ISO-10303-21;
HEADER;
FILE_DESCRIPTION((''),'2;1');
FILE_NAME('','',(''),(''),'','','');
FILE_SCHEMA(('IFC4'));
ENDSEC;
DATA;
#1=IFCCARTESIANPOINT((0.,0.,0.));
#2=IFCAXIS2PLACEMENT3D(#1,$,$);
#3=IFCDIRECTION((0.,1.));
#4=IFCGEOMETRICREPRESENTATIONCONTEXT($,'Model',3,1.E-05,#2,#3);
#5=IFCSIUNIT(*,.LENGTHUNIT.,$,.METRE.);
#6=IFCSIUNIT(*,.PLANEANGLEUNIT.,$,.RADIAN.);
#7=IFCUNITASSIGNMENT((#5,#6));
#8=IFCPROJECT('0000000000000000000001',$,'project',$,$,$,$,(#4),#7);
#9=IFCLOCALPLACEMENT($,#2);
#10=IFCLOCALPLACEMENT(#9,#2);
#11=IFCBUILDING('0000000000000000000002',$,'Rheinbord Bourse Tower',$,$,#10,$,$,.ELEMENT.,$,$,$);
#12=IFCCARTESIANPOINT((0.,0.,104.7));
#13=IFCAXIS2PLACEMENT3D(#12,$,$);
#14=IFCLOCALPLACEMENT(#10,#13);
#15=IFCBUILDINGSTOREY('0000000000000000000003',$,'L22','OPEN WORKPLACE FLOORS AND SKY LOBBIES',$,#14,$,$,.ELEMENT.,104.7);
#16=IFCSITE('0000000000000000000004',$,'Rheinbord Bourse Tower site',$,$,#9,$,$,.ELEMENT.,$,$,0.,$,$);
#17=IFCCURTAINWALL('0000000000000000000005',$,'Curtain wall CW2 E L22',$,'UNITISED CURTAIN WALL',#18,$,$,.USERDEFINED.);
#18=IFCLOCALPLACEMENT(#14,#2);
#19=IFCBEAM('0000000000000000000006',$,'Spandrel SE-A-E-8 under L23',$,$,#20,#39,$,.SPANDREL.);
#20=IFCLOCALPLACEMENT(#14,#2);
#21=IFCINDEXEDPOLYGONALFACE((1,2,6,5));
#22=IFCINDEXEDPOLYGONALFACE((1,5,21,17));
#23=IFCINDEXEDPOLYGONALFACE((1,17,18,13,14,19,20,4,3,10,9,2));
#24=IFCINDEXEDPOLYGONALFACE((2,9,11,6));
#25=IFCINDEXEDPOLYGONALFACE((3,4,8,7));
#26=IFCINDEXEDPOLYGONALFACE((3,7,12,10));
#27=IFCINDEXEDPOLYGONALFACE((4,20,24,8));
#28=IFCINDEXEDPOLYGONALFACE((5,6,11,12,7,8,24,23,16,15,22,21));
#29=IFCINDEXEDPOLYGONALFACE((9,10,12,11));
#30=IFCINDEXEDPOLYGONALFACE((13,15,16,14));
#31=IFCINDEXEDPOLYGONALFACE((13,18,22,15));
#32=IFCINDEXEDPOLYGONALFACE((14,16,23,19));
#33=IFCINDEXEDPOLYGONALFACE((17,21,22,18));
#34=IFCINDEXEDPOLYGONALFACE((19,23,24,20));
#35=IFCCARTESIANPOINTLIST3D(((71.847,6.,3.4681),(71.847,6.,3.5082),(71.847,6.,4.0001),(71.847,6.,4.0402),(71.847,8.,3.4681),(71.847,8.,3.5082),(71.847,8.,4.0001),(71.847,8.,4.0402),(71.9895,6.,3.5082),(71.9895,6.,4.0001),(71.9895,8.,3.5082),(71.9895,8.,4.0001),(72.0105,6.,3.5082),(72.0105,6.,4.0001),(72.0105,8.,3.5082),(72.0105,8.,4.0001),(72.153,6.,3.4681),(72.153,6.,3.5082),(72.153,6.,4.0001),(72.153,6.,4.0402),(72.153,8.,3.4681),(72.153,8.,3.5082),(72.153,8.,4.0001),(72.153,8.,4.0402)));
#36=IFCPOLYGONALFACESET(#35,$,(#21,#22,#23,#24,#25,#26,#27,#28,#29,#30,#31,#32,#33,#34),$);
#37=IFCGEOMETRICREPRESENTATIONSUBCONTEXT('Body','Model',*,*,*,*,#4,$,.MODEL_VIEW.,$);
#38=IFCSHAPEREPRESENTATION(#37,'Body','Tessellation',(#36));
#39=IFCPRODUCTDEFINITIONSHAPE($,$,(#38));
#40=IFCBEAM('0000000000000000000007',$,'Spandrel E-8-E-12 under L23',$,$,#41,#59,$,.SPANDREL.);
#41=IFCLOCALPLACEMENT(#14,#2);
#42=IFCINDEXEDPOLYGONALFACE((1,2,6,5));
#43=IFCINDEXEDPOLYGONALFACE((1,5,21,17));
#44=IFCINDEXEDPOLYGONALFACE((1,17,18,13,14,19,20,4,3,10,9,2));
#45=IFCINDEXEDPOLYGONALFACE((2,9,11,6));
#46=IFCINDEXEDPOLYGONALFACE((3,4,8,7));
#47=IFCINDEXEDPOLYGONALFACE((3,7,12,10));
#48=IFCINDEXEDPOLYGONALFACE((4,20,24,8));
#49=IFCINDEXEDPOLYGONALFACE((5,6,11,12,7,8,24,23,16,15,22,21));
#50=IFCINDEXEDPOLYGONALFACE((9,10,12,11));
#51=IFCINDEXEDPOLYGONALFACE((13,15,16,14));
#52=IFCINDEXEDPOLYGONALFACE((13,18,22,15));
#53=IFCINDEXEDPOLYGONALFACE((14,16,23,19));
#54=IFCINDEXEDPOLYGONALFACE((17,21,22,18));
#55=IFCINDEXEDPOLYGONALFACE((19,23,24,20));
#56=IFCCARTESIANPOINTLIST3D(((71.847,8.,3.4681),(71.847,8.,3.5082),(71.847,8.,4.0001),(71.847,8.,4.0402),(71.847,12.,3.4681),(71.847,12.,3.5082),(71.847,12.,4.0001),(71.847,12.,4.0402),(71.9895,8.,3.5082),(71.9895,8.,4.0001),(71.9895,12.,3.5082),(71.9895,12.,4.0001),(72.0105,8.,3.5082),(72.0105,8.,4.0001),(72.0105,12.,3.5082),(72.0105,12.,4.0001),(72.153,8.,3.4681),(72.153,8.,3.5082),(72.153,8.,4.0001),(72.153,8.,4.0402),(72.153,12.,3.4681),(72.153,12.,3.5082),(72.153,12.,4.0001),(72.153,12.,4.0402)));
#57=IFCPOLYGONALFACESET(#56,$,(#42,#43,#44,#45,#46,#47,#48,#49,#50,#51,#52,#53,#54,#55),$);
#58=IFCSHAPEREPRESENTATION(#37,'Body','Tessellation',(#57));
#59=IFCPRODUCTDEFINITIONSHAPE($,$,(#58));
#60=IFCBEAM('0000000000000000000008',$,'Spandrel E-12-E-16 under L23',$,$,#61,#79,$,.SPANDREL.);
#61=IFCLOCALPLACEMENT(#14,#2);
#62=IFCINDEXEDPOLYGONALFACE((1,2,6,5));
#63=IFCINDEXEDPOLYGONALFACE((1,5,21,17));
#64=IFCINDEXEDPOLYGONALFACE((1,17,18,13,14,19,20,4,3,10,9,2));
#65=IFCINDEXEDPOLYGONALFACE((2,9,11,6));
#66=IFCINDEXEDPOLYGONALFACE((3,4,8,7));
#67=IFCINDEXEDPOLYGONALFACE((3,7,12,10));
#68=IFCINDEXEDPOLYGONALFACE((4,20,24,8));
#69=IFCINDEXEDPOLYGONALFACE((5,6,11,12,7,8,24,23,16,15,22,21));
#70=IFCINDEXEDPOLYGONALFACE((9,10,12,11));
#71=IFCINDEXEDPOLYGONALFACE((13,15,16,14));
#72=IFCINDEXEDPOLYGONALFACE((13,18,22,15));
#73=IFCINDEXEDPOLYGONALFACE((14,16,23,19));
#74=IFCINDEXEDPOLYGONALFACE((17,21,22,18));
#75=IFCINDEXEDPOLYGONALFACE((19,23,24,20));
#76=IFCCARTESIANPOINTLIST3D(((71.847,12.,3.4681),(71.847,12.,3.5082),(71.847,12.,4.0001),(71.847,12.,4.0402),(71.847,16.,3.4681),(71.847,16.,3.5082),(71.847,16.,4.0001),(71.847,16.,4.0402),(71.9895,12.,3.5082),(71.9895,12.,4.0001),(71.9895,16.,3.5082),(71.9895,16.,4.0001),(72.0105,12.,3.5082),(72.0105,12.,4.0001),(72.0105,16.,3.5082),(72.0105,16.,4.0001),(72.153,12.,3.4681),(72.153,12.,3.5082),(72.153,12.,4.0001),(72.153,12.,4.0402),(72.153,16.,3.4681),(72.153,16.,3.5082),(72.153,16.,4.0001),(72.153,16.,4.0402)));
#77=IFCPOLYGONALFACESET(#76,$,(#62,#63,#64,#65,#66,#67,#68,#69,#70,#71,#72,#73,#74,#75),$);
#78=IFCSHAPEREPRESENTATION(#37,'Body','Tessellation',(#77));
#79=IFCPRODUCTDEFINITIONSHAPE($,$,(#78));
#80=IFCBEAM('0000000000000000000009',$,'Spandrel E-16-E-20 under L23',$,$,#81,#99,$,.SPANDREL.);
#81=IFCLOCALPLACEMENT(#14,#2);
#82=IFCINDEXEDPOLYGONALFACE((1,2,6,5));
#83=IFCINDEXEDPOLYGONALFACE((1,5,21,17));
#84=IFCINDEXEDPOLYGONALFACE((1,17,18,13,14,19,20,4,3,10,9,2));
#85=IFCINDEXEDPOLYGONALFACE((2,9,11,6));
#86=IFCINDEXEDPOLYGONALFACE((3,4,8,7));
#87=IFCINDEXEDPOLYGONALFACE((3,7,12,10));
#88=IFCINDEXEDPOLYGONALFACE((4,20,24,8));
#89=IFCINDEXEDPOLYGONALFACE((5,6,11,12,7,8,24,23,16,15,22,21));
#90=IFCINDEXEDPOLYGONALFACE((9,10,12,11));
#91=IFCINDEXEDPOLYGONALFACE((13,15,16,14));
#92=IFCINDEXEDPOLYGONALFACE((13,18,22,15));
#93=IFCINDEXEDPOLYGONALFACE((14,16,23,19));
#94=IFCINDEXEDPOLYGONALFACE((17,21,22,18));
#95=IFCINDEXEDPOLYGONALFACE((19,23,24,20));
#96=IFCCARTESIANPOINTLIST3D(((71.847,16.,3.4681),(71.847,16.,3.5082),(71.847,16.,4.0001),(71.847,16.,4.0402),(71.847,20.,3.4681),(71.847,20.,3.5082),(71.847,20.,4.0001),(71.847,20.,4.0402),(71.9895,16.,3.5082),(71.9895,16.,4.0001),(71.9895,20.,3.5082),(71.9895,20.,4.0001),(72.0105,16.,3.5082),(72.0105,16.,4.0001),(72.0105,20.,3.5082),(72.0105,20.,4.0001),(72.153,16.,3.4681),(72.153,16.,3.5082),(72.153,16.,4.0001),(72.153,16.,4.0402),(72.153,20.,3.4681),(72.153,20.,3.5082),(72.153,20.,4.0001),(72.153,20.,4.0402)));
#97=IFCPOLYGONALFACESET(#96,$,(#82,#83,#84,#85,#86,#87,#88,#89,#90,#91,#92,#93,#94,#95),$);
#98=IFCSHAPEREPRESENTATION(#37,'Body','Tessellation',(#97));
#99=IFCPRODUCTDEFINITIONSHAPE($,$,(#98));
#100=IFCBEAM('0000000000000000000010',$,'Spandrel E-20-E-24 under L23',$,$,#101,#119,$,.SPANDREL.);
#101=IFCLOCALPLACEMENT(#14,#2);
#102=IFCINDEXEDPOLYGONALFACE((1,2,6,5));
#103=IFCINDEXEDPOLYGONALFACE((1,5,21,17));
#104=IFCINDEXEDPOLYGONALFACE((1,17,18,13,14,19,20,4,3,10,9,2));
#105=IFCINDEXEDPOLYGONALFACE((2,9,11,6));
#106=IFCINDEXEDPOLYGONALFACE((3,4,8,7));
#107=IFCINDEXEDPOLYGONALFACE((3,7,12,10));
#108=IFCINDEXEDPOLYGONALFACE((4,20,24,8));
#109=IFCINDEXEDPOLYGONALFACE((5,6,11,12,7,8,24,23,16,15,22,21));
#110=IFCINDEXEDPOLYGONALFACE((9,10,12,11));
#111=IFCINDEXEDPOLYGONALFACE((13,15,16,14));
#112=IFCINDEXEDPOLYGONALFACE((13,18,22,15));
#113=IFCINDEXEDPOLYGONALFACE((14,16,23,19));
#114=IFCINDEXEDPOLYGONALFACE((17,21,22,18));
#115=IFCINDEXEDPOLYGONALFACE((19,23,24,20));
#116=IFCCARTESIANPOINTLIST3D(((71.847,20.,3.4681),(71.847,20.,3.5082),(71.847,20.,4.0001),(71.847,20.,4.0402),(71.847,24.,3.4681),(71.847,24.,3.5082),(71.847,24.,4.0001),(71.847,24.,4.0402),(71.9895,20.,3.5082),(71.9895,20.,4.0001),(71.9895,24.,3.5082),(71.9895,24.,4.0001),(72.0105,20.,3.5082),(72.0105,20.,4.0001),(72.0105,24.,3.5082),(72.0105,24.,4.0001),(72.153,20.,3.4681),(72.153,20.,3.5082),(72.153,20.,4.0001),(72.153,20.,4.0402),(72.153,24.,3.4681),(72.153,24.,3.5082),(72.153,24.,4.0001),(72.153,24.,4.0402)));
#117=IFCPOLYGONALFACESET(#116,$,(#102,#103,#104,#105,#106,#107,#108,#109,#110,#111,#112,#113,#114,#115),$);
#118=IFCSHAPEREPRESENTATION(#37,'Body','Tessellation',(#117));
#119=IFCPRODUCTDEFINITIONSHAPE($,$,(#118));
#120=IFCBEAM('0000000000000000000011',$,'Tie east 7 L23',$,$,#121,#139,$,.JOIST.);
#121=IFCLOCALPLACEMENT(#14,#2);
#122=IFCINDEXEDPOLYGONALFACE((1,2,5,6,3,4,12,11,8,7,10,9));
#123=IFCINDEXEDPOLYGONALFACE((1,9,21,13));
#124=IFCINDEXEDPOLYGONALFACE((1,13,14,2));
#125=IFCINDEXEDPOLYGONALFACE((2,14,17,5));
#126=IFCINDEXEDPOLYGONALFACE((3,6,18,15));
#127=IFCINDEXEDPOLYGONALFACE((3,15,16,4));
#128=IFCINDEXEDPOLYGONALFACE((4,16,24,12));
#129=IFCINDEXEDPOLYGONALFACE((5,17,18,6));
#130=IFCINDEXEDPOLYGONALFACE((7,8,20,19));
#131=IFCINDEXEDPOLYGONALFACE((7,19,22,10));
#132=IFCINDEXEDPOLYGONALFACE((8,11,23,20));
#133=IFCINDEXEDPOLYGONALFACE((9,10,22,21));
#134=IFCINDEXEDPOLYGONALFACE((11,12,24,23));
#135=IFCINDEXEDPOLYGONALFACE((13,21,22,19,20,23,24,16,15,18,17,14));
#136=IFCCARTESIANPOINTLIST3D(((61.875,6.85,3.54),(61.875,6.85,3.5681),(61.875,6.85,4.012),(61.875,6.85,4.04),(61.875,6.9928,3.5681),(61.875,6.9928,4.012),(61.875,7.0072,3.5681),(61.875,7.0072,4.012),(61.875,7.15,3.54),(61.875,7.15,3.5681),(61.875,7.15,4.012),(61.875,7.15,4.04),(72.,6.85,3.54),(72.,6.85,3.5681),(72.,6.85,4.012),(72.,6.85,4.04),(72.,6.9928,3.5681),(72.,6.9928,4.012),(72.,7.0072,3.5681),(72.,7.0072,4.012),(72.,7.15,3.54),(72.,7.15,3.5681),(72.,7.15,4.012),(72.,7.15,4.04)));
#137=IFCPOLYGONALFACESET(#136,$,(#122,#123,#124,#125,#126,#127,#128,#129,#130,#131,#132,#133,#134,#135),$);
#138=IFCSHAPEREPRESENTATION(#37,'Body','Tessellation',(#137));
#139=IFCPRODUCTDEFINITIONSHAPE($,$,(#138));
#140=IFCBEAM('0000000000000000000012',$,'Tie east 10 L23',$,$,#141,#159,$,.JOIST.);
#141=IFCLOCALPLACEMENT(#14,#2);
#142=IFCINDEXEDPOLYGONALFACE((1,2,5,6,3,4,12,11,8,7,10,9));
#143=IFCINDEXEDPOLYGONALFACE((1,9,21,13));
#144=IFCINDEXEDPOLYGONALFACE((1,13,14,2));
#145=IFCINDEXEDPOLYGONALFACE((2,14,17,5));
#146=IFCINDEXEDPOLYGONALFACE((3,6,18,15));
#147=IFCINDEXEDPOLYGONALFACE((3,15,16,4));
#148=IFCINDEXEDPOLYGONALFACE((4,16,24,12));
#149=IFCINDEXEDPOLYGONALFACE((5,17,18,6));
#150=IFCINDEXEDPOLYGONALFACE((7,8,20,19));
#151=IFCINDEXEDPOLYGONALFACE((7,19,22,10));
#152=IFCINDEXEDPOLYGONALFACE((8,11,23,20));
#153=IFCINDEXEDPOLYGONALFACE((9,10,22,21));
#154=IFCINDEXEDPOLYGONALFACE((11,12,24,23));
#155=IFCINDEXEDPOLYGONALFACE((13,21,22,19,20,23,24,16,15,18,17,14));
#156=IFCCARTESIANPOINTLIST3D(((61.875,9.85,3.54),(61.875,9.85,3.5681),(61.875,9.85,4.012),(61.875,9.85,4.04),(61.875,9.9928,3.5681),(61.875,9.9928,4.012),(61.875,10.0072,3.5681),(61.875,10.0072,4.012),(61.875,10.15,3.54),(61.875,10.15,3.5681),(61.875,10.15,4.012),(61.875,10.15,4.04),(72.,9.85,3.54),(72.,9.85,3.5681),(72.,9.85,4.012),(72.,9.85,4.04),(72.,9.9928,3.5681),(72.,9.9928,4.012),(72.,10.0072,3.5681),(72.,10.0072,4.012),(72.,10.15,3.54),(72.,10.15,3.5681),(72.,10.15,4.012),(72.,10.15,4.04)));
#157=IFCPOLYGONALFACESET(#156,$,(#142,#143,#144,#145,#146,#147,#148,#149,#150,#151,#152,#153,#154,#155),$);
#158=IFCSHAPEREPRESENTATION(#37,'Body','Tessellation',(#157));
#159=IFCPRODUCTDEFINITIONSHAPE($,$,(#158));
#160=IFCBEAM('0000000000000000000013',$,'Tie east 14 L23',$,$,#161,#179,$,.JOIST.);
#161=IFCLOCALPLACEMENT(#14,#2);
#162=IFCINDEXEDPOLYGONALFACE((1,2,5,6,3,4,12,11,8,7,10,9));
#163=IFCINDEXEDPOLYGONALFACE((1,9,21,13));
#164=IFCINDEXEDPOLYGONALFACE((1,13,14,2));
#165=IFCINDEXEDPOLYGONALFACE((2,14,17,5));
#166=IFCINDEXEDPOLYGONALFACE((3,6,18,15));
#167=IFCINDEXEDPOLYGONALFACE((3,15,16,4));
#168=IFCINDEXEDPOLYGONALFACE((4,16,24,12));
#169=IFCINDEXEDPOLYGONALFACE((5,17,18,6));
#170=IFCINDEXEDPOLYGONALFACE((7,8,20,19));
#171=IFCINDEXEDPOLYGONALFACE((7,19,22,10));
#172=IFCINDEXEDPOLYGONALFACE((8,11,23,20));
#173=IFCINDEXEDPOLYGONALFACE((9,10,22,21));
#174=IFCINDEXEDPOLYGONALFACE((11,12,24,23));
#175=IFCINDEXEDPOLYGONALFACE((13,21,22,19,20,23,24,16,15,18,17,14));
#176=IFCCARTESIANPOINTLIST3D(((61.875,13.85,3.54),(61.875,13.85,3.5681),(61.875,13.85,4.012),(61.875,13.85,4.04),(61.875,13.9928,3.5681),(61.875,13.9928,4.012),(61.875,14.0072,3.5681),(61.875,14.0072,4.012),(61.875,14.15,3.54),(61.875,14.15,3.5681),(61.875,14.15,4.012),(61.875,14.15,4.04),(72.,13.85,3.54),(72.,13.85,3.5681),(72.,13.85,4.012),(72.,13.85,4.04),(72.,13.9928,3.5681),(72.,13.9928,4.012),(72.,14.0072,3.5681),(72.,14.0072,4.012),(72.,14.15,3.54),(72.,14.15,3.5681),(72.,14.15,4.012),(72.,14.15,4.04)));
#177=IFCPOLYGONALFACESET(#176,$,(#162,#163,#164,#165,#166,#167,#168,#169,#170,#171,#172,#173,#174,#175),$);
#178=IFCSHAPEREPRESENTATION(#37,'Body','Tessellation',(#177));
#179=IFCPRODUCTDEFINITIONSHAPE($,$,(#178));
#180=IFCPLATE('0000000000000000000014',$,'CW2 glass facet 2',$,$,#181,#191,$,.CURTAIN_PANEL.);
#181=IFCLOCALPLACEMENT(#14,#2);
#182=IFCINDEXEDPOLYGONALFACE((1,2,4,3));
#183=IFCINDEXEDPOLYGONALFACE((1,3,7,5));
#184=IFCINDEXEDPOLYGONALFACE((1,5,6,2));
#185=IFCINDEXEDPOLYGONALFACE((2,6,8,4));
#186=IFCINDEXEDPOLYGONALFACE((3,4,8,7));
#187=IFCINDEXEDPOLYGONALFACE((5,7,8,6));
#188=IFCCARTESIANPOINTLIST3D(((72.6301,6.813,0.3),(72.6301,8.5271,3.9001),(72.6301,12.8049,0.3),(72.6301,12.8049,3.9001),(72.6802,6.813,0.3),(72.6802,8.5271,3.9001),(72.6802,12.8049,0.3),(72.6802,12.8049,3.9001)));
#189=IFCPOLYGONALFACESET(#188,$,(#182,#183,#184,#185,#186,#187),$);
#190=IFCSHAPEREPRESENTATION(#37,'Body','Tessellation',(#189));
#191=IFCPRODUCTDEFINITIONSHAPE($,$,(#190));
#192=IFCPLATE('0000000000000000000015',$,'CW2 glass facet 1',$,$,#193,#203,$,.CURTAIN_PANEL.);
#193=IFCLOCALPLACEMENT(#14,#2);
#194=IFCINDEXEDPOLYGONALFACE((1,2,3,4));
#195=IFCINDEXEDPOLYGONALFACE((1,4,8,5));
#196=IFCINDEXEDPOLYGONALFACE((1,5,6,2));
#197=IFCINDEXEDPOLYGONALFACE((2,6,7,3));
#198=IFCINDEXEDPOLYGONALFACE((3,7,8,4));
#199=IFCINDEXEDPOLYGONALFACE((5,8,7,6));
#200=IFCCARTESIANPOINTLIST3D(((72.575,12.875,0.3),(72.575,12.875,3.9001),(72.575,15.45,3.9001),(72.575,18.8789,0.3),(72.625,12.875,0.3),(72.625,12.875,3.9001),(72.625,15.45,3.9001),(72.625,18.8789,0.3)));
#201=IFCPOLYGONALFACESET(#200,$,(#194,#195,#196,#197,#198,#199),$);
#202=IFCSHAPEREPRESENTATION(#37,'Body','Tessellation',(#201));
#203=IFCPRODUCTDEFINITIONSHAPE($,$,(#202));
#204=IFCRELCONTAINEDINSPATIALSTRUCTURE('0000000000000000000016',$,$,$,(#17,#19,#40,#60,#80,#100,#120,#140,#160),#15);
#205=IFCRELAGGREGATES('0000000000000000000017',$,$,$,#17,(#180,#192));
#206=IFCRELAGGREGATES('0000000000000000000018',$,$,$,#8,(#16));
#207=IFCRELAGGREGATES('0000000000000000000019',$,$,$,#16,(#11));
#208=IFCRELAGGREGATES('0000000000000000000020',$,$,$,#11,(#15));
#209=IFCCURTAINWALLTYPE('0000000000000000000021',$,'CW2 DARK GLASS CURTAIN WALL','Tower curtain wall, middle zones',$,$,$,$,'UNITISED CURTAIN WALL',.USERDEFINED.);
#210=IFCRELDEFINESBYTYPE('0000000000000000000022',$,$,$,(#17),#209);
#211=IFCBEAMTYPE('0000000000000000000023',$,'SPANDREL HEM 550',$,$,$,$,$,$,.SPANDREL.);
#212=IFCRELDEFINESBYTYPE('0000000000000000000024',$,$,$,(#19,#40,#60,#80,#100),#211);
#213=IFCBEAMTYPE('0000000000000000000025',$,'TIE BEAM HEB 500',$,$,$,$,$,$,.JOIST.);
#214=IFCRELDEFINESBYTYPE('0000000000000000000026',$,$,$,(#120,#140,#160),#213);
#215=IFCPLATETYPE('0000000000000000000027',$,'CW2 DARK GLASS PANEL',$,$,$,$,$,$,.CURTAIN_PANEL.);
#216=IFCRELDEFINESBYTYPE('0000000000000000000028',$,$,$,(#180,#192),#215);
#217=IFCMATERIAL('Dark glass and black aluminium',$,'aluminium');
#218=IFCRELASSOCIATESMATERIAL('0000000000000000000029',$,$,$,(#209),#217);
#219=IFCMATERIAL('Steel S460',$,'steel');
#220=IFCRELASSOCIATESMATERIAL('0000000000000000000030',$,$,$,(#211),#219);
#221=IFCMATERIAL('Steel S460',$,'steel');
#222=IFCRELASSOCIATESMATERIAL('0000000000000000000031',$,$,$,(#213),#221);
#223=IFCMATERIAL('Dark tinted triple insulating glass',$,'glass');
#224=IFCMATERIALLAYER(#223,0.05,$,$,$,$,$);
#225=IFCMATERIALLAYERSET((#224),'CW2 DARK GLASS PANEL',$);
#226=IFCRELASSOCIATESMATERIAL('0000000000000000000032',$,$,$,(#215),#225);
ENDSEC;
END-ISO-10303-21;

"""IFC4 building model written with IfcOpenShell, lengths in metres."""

from ifc_helpers import new_model, si_unit, direction, frame, origin, origin_2d, place, context, subcontext, project, spatial, polyline, i_section, outline, extrude, material, layer, layer_set, material_profile, profile_set, type_object, element, aggregate, save


model = new_model("IFC4")

# Units and contexts
model_context = context("Model", 3, precision=1e-05, world=origin(), true_north=direction((0.0, 1.0)))
body_context = subcontext(model_context, "Body", "Model", "MODEL_VIEW")
ifc_project = project(units=[si_unit("LENGTHUNIT", "METRE"), si_unit("PLANEANGLEUNIT", "RADIAN")], contexts=[model_context])

# Site, building, storey
site_placement = place(None, origin())
site = spatial("IfcSite", under=ifc_project, at=site_placement, Name="Rheinbord Bourse Tower site", CompositionType="ELEMENT", RefElevation=0.0)
building_placement = place(site_placement, origin())
building = spatial("IfcBuilding", under=site, at=building_placement, Name="Rheinbord Bourse Tower", CompositionType="ELEMENT")
storey_placement = place(building_placement, frame((0.0, 0.0, 104.7)))
storey = spatial("IfcBuildingStorey", under=building, at=storey_placement, Name="L22", Description="OPEN WORKPLACE FLOORS AND SKY LOBBIES", CompositionType="ELEMENT", Elevation=104.7)

# Curtain wall
ifc_material_1 = material(Name="Dark glass and black aluminium", Category="aluminium")
curtain_wall_type = type_object("IfcCurtainWallType", Name="CW2 DARK GLASS CURTAIN WALL", Description="Tower curtain wall, middle zones", ElementType="UNITISED CURTAIN WALL", PredefinedType="USERDEFINED", material=ifc_material_1)
curtain_wall_placement = place(storey_placement, origin())
curtain_wall = element("IfcCurtainWall", 1, at=curtain_wall_placement, inside=storey, type_object=curtain_wall_type, Name="Curtain wall CW2 E L22", ObjectType="UNITISED CURTAIN WALL", PredefinedType="USERDEFINED")

# Beams
ifc_material_2 = material(Name="Steel S460", Category="steel")
ifc_material_profile_1 = material_profile(ifc_material_2, i_section(OverallWidth=0.3059, OverallDepth=0.572, WebThickness=0.021, FlangeThickness=0.04, at=origin_2d()), Name="HEM 550")
ifc_profile_set_1 = profile_set([ifc_material_profile_1], Name="Steel S460")
beam_type_1 = type_object("IfcBeamType", Name="SPANDREL HEM 550", PredefinedType="SPANDREL", material=ifc_profile_set_1)
beam_1_placement = place(storey_placement, frame((72.0, 6.0, 3.7542), z_axis=(0.0, 1.0, 0.0), x_axis=(-1.0, 0.0, 0.0)))
element("IfcBeam", 2, at=beam_1_placement, inside=storey, type_object=beam_type_1, Name="Spandrel SE-A-E-8 under L23", PredefinedType="SPANDREL", context=body_context, shape_type="SweptSolid", body=[
    extrude(i_section(OverallWidth=0.3059, OverallDepth=0.572, WebThickness=0.021, FlangeThickness=0.04, at=origin_2d()), origin(), (0.0, 0.0, 1.0), 2.0),
])
for number, where, z_axis, x_axis, name in (
    (3, (72.0, 8.0, 3.7542), (0.0, 1.0, 0.0), (-1.0, 0.0, 0.0), "Spandrel E-8-E-12 under L23"),
    (4, (72.0, 12.0, 3.7542), (0.0, 1.0, 0.0), (-1.0, 0.0, 0.0), "Spandrel E-12-E-16 under L23"),
    (5, (72.0, 16.0, 3.7542), (0.0, 1.0, 0.0), (-1.0, 0.0, 0.0), "Spandrel E-16-E-20 under L23"),
    (6, (72.0, 20.0, 3.7542), (0.0, 1.0, 0.0), (-1.0, 0.0, 0.0), "Spandrel E-20-E-24 under L23"),
):
    element("IfcBeam", number, at=place(storey_placement, frame(where, z_axis=z_axis, x_axis=x_axis)), inside=storey, type_object=beam_type_1, Name=name, PredefinedType="SPANDREL", context=body_context, shape_type="SweptSolid", body=[
        extrude(i_section(OverallWidth=0.3059, OverallDepth=0.572, WebThickness=0.021, FlangeThickness=0.04, at=origin_2d()), origin(), (0.0, 0.0, 1.0), 4.0),
    ])
ifc_material_3 = material(Name="Steel S460", Category="steel")
ifc_material_profile_2 = material_profile(ifc_material_3, i_section(OverallWidth=0.3, OverallDepth=0.5, WebThickness=0.0144, FlangeThickness=0.0281, at=origin_2d()), Name="HEB 500")
ifc_profile_set_2 = profile_set([ifc_material_profile_2], Name="Steel S460")
beam_type_2 = type_object("IfcBeamType", Name="TIE BEAM HEB 500", PredefinedType="JOIST", material=ifc_profile_set_2)
for number, where, z_axis, x_axis, name in (
    (7, (61.875, 7.0, 3.79), (1.0, 0.0, 0.0), (0.0, 1.0, 0.0), "Tie east 7 L23"),
    (8, (61.875, 10.0, 3.79), (1.0, 0.0, 0.0), (0.0, 1.0, 0.0), "Tie east 10 L23"),
    (9, (61.875, 14.0, 3.79), (1.0, 0.0, 0.0), (0.0, 1.0, 0.0), "Tie east 14 L23"),
):
    element("IfcBeam", number, at=place(storey_placement, frame(where, z_axis=z_axis, x_axis=x_axis)), inside=storey, type_object=beam_type_2, Name=name, PredefinedType="JOIST", context=body_context, shape_type="SweptSolid", body=[
        extrude(i_section(OverallWidth=0.3, OverallDepth=0.5, WebThickness=0.0144, FlangeThickness=0.0281, at=origin_2d()), origin(), (0.0, 0.0, 1.0), 10.125),
    ])

# Plates
ifc_material_4 = material(Name="Dark tinted triple insulating glass", Category="glass")
ifc_layer_1 = layer(ifc_material_4, 0.05)
ifc_layer_set_1 = layer_set([ifc_layer_1], Name="CW2 DARK GLASS PANEL")
plate_type = type_object("IfcPlateType", Name="CW2 DARK GLASS PANEL", PredefinedType="CURTAIN_PANEL", material=ifc_layer_set_1)
plate_1_placement = place(storey_placement, frame((72.6802, 12.8049, 3.9001), z_axis=(-1.0, 0.0, 0.0), x_axis=(0.0, 0.0, -1.0)))
plate_1 = element("IfcPlate", 10, at=plate_1_placement, type_object=plate_type, Name="CW2 glass facet 2", PredefinedType="CURTAIN_PANEL", context=body_context, shape_type="SweptSolid", body=[
    extrude(outline(polyline([(0.0, 0.0), (3.6001, 0.0), (3.6001, 5.9919), (0.0, 4.2778), (0.0, 0.0)])), origin(), (0.0, 0.0, 1.0), 0.05),
])
plate_2_placement = place(storey_placement, frame((72.625, 12.875, 0.3), z_axis=(-1.0, 0.0, 0.0), x_axis=(0.0, 0.0, 1.0)))
plate_2 = element("IfcPlate", 11, at=plate_2_placement, type_object=plate_type, Name="CW2 glass facet 1", PredefinedType="CURTAIN_PANEL", context=body_context, shape_type="SweptSolid", body=[
    extrude(outline(polyline([(0.0, 0.0), (3.6001, 0.0), (3.6001, 2.575), (0.0, 6.0039), (0.0, 0.0)])), origin(), (0.0, 0.0, 1.0), 0.05),
])
aggregate(curtain_wall, [plate_1, plate_2])

save(model, "model.ifc")
